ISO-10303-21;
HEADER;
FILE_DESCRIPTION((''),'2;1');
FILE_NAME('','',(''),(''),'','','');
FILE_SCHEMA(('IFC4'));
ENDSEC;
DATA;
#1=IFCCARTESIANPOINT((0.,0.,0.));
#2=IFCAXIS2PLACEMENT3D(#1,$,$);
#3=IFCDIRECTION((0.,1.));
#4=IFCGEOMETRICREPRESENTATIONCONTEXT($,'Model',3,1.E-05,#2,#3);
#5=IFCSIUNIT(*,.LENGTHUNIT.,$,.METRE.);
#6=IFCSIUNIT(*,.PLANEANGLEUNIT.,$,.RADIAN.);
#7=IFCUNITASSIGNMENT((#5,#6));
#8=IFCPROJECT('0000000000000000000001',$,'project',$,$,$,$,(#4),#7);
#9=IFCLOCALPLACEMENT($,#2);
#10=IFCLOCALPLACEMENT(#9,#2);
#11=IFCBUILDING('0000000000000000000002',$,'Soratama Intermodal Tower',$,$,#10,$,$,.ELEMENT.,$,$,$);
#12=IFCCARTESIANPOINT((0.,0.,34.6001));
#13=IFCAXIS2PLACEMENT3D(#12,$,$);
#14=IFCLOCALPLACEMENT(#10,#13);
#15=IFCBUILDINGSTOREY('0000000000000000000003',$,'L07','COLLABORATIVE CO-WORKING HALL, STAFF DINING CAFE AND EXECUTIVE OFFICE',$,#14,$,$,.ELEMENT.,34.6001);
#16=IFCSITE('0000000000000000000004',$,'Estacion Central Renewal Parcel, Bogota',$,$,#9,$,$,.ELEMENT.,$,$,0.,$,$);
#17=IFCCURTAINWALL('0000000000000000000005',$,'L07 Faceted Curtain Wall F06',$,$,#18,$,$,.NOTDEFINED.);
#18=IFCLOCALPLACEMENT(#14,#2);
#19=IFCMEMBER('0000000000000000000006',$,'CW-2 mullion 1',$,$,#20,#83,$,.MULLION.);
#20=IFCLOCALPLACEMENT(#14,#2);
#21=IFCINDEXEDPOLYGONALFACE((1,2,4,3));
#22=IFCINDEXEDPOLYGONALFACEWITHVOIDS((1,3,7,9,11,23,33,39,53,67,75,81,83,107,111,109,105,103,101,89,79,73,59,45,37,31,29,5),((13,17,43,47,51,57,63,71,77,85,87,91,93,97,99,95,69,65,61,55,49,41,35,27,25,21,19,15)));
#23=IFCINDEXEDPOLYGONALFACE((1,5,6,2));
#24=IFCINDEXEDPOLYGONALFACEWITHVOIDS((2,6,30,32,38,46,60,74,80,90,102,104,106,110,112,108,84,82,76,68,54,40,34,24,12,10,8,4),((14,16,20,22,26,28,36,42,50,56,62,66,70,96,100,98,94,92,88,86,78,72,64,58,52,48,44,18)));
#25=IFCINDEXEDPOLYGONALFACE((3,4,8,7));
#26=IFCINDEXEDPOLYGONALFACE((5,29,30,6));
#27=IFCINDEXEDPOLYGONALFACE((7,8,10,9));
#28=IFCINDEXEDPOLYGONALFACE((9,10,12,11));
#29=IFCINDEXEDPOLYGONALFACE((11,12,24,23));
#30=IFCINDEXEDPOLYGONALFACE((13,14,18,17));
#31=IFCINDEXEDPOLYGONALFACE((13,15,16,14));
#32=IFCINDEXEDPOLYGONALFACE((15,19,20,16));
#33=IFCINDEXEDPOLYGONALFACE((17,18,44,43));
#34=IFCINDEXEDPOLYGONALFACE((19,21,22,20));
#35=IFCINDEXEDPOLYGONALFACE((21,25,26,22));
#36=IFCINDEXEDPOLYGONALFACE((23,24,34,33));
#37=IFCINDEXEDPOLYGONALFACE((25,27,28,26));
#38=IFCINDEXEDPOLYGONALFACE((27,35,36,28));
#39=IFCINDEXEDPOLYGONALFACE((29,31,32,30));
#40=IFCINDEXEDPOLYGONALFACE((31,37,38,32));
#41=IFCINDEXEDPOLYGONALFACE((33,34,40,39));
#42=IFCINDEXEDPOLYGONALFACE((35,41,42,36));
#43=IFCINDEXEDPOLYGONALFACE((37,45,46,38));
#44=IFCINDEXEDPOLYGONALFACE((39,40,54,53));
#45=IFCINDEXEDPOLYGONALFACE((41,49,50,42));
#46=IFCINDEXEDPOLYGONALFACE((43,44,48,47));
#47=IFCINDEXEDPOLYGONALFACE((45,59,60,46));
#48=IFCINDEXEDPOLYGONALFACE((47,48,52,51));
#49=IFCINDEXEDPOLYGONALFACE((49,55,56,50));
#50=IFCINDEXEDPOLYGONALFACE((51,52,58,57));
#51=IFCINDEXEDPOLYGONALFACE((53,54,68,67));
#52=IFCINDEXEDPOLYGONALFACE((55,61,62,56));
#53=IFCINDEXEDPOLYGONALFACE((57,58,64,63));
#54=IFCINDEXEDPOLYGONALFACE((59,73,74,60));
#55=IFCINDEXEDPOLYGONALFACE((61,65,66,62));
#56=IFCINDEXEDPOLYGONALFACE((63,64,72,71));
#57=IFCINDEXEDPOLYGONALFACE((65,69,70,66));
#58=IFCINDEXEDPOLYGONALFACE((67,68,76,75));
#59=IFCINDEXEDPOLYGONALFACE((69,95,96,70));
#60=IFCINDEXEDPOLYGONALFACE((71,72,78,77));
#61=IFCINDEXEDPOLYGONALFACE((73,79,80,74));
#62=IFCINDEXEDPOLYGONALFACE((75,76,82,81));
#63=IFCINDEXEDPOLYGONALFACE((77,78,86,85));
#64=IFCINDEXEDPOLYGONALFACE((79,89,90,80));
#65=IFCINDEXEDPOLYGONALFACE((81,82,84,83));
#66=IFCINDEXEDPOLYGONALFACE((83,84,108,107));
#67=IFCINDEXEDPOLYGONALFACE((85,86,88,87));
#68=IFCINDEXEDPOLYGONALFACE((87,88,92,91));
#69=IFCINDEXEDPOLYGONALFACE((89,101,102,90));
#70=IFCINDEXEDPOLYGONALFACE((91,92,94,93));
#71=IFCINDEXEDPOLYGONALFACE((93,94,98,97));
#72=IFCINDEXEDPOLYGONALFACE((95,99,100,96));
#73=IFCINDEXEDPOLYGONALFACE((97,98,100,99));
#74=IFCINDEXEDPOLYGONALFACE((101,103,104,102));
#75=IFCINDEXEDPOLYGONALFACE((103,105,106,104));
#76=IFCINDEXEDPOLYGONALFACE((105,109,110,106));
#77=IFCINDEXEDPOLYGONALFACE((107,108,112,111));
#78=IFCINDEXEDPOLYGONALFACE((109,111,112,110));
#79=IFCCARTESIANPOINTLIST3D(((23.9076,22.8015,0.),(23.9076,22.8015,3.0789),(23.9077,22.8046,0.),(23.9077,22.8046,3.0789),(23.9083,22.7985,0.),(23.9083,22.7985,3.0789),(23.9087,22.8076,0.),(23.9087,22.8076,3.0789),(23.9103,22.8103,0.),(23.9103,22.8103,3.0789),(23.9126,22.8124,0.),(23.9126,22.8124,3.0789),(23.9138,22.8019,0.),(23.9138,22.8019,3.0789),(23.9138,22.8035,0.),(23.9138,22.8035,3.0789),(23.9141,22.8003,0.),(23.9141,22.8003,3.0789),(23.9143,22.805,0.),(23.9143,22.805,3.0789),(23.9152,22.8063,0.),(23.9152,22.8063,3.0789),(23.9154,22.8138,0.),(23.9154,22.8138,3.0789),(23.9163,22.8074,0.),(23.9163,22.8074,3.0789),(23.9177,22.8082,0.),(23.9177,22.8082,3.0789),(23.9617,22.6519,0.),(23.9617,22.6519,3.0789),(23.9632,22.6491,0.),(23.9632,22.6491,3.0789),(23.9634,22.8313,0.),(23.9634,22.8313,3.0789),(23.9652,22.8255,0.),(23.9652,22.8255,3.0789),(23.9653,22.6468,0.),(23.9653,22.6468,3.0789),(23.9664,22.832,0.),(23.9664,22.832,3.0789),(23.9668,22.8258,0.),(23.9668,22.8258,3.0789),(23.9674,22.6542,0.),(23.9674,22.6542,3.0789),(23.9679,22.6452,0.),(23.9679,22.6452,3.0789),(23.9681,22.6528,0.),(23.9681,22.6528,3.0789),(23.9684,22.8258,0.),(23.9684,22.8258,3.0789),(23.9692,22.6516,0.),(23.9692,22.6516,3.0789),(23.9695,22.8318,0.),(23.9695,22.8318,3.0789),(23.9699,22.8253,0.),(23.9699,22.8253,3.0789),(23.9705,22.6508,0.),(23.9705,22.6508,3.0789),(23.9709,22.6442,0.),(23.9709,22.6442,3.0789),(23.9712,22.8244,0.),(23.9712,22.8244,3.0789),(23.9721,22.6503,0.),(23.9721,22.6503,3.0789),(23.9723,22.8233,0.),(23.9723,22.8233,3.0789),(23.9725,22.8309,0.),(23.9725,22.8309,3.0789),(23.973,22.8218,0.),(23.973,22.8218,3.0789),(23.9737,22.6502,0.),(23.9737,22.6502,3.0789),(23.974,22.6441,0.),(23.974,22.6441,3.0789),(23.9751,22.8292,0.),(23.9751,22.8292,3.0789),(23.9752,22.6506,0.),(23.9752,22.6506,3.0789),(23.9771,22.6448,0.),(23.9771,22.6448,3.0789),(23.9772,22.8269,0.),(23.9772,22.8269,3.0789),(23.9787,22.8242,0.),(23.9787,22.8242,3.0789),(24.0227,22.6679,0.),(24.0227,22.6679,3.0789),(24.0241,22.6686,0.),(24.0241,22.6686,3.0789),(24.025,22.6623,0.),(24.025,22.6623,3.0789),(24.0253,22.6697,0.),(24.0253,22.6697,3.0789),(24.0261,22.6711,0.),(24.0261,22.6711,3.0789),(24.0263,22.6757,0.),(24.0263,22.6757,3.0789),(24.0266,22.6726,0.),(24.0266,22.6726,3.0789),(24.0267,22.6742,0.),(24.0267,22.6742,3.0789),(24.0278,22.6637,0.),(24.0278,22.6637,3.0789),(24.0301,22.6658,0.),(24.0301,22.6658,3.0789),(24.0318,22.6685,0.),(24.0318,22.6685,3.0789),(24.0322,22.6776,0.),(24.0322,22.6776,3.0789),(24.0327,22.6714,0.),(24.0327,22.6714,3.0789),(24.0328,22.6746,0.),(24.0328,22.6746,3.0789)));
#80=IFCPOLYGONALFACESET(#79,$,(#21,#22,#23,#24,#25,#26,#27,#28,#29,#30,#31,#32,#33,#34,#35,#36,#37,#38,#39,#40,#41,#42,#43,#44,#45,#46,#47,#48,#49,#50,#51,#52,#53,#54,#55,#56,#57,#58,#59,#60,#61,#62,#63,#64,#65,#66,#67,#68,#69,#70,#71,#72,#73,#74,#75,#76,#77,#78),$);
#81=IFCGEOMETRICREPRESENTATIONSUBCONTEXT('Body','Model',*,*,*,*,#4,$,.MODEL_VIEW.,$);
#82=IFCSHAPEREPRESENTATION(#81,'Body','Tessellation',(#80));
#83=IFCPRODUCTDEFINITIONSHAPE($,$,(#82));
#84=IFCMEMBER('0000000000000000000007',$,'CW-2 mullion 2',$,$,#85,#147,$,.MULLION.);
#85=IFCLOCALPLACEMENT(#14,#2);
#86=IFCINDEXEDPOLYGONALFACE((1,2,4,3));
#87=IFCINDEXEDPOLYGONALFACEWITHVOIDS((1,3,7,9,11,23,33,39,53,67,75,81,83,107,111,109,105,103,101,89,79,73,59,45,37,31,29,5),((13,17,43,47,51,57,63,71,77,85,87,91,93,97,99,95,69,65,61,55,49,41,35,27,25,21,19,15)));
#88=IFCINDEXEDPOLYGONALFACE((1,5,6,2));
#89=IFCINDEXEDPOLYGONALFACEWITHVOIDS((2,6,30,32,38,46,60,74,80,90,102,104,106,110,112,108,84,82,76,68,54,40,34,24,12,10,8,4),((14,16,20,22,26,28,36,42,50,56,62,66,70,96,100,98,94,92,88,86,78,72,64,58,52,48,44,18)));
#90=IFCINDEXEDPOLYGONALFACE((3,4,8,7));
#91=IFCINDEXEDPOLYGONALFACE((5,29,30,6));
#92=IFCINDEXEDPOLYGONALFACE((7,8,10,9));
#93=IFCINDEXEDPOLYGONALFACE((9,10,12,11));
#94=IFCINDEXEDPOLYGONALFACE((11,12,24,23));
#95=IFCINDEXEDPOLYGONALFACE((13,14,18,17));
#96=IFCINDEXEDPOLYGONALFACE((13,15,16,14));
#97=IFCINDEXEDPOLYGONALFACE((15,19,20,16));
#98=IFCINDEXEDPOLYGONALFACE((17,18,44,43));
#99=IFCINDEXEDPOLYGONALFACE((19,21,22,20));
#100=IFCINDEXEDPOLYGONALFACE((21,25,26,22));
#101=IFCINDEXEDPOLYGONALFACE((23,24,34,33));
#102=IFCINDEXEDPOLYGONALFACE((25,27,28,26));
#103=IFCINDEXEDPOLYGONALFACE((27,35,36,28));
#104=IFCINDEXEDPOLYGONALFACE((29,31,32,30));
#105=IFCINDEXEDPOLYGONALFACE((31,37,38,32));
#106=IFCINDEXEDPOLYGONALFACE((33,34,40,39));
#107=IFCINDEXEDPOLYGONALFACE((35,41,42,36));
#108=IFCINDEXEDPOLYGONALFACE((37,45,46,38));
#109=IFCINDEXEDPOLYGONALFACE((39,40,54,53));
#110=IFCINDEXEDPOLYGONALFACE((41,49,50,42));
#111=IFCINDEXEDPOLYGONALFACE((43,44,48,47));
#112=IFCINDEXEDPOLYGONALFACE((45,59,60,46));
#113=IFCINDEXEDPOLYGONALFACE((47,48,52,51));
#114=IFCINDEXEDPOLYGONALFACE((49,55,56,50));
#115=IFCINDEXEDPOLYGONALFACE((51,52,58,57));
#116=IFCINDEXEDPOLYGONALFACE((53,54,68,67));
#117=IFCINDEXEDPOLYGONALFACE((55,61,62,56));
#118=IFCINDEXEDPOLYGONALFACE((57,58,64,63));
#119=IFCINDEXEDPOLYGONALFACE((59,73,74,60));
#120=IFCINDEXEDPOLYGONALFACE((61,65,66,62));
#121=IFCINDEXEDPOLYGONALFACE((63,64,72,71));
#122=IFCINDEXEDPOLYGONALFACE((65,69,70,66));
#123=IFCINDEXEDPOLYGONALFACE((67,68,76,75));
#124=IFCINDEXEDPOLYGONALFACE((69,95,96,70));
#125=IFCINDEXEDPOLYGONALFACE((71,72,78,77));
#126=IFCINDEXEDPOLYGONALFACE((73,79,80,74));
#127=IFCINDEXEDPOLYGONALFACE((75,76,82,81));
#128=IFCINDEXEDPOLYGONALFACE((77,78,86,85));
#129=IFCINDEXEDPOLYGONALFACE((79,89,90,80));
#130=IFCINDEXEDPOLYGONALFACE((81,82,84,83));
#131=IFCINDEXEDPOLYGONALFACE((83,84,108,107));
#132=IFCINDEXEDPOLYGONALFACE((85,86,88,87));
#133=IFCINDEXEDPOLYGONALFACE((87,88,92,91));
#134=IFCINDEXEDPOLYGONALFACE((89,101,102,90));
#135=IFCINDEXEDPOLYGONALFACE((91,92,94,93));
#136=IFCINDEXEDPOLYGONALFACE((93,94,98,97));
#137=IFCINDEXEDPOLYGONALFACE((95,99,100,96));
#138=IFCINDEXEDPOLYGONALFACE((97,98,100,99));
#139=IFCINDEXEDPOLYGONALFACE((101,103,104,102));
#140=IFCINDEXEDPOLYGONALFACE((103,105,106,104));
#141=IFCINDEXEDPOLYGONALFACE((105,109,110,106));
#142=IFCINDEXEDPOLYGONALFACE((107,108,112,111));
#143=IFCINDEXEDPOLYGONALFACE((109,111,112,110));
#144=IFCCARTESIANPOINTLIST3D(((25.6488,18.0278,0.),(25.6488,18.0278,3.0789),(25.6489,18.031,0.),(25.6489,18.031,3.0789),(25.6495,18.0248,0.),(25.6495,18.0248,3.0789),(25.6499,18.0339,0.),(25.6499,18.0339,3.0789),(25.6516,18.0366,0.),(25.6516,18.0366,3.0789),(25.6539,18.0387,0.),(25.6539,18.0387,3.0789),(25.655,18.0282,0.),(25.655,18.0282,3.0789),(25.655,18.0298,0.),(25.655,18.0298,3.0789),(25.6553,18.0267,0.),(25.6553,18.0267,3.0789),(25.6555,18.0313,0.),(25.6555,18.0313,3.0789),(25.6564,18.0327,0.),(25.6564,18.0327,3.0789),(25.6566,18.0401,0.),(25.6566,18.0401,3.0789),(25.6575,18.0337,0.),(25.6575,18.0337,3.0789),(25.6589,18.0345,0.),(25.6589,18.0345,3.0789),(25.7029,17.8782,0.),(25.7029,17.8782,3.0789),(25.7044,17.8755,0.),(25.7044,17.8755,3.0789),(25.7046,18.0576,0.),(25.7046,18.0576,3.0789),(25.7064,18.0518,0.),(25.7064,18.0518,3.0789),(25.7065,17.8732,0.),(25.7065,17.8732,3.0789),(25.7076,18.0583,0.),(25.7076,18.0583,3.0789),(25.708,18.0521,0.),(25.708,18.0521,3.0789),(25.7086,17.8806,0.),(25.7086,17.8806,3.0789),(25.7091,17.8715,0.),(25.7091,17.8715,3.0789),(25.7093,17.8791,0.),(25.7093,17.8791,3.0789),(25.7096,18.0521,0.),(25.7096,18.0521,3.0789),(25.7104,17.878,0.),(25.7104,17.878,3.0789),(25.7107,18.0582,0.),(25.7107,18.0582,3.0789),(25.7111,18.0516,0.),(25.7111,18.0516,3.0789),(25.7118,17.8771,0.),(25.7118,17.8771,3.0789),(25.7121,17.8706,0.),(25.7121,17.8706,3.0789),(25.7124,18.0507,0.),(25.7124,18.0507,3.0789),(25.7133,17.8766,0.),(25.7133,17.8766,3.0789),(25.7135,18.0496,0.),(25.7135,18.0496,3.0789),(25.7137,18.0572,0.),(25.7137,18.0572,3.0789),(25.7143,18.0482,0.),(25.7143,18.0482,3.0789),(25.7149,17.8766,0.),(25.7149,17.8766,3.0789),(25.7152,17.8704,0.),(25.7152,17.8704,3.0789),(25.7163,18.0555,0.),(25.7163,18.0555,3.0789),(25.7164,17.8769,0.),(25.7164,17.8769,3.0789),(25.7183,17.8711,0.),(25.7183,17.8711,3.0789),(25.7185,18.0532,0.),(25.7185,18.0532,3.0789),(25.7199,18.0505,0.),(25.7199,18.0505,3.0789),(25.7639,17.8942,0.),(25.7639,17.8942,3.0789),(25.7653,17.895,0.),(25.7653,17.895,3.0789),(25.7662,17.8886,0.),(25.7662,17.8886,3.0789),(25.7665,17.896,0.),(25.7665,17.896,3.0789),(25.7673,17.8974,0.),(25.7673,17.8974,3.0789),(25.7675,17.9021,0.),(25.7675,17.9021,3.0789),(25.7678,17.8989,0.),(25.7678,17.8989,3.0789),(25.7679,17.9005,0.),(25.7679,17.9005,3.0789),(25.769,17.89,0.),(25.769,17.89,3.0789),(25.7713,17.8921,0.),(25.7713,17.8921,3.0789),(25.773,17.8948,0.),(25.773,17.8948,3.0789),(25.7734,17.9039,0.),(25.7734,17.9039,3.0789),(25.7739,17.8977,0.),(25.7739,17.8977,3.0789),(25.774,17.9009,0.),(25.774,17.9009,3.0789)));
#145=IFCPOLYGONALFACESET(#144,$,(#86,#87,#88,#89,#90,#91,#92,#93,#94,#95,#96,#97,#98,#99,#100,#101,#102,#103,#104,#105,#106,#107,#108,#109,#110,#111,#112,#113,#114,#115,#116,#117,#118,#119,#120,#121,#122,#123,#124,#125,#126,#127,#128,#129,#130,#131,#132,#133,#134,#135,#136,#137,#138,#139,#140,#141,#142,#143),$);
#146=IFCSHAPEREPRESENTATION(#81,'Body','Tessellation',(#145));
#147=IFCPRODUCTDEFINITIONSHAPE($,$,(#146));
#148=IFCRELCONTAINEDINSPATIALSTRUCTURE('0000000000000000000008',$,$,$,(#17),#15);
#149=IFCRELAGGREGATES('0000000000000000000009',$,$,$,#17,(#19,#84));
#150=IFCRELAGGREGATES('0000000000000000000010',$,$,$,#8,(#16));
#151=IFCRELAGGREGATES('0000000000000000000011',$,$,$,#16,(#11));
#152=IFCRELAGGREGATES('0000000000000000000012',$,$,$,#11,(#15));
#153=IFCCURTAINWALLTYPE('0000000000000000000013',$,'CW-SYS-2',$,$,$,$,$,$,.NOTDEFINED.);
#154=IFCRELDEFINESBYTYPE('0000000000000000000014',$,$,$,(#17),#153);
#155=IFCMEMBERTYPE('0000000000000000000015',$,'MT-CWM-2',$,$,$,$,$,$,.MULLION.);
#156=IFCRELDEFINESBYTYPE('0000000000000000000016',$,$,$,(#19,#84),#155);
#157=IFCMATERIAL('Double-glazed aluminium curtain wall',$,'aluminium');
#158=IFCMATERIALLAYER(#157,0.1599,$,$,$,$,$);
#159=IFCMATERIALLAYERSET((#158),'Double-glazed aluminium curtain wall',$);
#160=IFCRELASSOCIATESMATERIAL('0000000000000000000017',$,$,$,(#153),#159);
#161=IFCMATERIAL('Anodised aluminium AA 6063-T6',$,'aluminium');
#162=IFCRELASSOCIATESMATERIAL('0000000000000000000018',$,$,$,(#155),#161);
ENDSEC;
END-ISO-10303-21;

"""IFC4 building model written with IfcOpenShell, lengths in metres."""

from ifc_helpers import new_model, si_unit, direction, frame, origin, origin_2d, place, context, subcontext, project, spatial, hollow_rectangle, extrude, material, layer, layer_set, material_profile, profile_set, type_object, element, aggregate, save


model = new_model("IFC4")

# Units and contexts
model_context = context("Model", 3, precision=1e-05, world=origin(), true_north=direction((0.0, 1.0)))
body_context = subcontext(model_context, "Body", "Model", "MODEL_VIEW")
ifc_project = project(units=[si_unit("LENGTHUNIT", "METRE"), si_unit("PLANEANGLEUNIT", "RADIAN")], contexts=[model_context])

# Site, building, storey
site_placement = place(None, origin())
site = spatial("IfcSite", under=ifc_project, at=site_placement, Name="Estacion Central Renewal Parcel, Bogota", CompositionType="ELEMENT", RefElevation=0.0)
building_placement = place(site_placement, origin())
building = spatial("IfcBuilding", under=site, at=building_placement, Name="Soratama Intermodal Tower", CompositionType="ELEMENT")
storey_placement = place(building_placement, frame((0.0, 0.0, 34.6001)))
storey = spatial("IfcBuildingStorey", under=building, at=storey_placement, Name="L07", Description="COLLABORATIVE CO-WORKING HALL, STAFF DINING CAFE AND EXECUTIVE OFFICE", CompositionType="ELEMENT", Elevation=34.6001)

# Curtain wall, members
ifc_material_1 = material(Name="Double-glazed aluminium curtain wall", Category="aluminium")
ifc_layer_1 = layer(ifc_material_1, 0.1599)
ifc_layer_set_1 = layer_set([ifc_layer_1], Name="Double-glazed aluminium curtain wall")
curtain_wall_type = type_object("IfcCurtainWallType", Name="CW-SYS-2", PredefinedType="NOTDEFINED", material=ifc_layer_set_1)
curtain_wall_placement = place(storey_placement, origin())
curtain_wall = element("IfcCurtainWall", 1, at=curtain_wall_placement, inside=storey, type_object=curtain_wall_type, Name="L07 Faceted Curtain Wall F06", PredefinedType="NOTDEFINED")
ifc_material_2 = material(Name="Anodised aluminium AA 6063-T6", Category="aluminium")
ifc_material_profile_1 = material_profile(ifc_material_2, hollow_rectangle(XDim=0.075, YDim=0.1799, WallThickness=0.0061, InnerFilletRadius=0.0061, OuterFilletRadius=0.012, at=origin_2d()), Name="CWM180X75X6")
ifc_profile_set_1 = profile_set([ifc_material_profile_1], Name="Anodised aluminium AA 6063-T6")
member_type_1 = type_object("IfcMemberType", Name="MT-CWM-2", PredefinedType="MULLION", material=ifc_profile_set_1)
member_1_placement = place(storey_placement, frame((23.9702, 22.738, 0.0), z_axis=(0.0, 0.0, 1.0), x_axis=(0.939453, 0.342679, 0.0)))
member_1 = element("IfcMember", 2, at=member_1_placement, type_object=member_type_1, Name="CW-2 mullion 1", PredefinedType="MULLION", context=body_context, shape_type="SweptSolid", body=[
    extrude(hollow_rectangle(XDim=0.075, YDim=0.1799, WallThickness=0.0061, InnerFilletRadius=0.0061, OuterFilletRadius=0.012, at=origin_2d()), origin(), (0.0, 0.0, 1.0), 3.0789),
])
member_2_placement = place(storey_placement, frame((25.7114, 17.9644, 0.0), z_axis=(0.0, 0.0, 1.0), x_axis=(0.939453, 0.342679, 0.0)))
member_2 = element("IfcMember", 3, at=member_2_placement, type_object=member_type_1, Name="CW-2 mullion 2", PredefinedType="MULLION", context=body_context, shape_type="SweptSolid", body=[
    extrude(hollow_rectangle(XDim=0.075, YDim=0.1799, WallThickness=0.0061, InnerFilletRadius=0.0061, OuterFilletRadius=0.012, at=origin_2d()), origin(), (0.0, 0.0, 1.0), 3.0789),
])
aggregate(curtain_wall, [member_1, member_2])

save(model, "model.ifc")
